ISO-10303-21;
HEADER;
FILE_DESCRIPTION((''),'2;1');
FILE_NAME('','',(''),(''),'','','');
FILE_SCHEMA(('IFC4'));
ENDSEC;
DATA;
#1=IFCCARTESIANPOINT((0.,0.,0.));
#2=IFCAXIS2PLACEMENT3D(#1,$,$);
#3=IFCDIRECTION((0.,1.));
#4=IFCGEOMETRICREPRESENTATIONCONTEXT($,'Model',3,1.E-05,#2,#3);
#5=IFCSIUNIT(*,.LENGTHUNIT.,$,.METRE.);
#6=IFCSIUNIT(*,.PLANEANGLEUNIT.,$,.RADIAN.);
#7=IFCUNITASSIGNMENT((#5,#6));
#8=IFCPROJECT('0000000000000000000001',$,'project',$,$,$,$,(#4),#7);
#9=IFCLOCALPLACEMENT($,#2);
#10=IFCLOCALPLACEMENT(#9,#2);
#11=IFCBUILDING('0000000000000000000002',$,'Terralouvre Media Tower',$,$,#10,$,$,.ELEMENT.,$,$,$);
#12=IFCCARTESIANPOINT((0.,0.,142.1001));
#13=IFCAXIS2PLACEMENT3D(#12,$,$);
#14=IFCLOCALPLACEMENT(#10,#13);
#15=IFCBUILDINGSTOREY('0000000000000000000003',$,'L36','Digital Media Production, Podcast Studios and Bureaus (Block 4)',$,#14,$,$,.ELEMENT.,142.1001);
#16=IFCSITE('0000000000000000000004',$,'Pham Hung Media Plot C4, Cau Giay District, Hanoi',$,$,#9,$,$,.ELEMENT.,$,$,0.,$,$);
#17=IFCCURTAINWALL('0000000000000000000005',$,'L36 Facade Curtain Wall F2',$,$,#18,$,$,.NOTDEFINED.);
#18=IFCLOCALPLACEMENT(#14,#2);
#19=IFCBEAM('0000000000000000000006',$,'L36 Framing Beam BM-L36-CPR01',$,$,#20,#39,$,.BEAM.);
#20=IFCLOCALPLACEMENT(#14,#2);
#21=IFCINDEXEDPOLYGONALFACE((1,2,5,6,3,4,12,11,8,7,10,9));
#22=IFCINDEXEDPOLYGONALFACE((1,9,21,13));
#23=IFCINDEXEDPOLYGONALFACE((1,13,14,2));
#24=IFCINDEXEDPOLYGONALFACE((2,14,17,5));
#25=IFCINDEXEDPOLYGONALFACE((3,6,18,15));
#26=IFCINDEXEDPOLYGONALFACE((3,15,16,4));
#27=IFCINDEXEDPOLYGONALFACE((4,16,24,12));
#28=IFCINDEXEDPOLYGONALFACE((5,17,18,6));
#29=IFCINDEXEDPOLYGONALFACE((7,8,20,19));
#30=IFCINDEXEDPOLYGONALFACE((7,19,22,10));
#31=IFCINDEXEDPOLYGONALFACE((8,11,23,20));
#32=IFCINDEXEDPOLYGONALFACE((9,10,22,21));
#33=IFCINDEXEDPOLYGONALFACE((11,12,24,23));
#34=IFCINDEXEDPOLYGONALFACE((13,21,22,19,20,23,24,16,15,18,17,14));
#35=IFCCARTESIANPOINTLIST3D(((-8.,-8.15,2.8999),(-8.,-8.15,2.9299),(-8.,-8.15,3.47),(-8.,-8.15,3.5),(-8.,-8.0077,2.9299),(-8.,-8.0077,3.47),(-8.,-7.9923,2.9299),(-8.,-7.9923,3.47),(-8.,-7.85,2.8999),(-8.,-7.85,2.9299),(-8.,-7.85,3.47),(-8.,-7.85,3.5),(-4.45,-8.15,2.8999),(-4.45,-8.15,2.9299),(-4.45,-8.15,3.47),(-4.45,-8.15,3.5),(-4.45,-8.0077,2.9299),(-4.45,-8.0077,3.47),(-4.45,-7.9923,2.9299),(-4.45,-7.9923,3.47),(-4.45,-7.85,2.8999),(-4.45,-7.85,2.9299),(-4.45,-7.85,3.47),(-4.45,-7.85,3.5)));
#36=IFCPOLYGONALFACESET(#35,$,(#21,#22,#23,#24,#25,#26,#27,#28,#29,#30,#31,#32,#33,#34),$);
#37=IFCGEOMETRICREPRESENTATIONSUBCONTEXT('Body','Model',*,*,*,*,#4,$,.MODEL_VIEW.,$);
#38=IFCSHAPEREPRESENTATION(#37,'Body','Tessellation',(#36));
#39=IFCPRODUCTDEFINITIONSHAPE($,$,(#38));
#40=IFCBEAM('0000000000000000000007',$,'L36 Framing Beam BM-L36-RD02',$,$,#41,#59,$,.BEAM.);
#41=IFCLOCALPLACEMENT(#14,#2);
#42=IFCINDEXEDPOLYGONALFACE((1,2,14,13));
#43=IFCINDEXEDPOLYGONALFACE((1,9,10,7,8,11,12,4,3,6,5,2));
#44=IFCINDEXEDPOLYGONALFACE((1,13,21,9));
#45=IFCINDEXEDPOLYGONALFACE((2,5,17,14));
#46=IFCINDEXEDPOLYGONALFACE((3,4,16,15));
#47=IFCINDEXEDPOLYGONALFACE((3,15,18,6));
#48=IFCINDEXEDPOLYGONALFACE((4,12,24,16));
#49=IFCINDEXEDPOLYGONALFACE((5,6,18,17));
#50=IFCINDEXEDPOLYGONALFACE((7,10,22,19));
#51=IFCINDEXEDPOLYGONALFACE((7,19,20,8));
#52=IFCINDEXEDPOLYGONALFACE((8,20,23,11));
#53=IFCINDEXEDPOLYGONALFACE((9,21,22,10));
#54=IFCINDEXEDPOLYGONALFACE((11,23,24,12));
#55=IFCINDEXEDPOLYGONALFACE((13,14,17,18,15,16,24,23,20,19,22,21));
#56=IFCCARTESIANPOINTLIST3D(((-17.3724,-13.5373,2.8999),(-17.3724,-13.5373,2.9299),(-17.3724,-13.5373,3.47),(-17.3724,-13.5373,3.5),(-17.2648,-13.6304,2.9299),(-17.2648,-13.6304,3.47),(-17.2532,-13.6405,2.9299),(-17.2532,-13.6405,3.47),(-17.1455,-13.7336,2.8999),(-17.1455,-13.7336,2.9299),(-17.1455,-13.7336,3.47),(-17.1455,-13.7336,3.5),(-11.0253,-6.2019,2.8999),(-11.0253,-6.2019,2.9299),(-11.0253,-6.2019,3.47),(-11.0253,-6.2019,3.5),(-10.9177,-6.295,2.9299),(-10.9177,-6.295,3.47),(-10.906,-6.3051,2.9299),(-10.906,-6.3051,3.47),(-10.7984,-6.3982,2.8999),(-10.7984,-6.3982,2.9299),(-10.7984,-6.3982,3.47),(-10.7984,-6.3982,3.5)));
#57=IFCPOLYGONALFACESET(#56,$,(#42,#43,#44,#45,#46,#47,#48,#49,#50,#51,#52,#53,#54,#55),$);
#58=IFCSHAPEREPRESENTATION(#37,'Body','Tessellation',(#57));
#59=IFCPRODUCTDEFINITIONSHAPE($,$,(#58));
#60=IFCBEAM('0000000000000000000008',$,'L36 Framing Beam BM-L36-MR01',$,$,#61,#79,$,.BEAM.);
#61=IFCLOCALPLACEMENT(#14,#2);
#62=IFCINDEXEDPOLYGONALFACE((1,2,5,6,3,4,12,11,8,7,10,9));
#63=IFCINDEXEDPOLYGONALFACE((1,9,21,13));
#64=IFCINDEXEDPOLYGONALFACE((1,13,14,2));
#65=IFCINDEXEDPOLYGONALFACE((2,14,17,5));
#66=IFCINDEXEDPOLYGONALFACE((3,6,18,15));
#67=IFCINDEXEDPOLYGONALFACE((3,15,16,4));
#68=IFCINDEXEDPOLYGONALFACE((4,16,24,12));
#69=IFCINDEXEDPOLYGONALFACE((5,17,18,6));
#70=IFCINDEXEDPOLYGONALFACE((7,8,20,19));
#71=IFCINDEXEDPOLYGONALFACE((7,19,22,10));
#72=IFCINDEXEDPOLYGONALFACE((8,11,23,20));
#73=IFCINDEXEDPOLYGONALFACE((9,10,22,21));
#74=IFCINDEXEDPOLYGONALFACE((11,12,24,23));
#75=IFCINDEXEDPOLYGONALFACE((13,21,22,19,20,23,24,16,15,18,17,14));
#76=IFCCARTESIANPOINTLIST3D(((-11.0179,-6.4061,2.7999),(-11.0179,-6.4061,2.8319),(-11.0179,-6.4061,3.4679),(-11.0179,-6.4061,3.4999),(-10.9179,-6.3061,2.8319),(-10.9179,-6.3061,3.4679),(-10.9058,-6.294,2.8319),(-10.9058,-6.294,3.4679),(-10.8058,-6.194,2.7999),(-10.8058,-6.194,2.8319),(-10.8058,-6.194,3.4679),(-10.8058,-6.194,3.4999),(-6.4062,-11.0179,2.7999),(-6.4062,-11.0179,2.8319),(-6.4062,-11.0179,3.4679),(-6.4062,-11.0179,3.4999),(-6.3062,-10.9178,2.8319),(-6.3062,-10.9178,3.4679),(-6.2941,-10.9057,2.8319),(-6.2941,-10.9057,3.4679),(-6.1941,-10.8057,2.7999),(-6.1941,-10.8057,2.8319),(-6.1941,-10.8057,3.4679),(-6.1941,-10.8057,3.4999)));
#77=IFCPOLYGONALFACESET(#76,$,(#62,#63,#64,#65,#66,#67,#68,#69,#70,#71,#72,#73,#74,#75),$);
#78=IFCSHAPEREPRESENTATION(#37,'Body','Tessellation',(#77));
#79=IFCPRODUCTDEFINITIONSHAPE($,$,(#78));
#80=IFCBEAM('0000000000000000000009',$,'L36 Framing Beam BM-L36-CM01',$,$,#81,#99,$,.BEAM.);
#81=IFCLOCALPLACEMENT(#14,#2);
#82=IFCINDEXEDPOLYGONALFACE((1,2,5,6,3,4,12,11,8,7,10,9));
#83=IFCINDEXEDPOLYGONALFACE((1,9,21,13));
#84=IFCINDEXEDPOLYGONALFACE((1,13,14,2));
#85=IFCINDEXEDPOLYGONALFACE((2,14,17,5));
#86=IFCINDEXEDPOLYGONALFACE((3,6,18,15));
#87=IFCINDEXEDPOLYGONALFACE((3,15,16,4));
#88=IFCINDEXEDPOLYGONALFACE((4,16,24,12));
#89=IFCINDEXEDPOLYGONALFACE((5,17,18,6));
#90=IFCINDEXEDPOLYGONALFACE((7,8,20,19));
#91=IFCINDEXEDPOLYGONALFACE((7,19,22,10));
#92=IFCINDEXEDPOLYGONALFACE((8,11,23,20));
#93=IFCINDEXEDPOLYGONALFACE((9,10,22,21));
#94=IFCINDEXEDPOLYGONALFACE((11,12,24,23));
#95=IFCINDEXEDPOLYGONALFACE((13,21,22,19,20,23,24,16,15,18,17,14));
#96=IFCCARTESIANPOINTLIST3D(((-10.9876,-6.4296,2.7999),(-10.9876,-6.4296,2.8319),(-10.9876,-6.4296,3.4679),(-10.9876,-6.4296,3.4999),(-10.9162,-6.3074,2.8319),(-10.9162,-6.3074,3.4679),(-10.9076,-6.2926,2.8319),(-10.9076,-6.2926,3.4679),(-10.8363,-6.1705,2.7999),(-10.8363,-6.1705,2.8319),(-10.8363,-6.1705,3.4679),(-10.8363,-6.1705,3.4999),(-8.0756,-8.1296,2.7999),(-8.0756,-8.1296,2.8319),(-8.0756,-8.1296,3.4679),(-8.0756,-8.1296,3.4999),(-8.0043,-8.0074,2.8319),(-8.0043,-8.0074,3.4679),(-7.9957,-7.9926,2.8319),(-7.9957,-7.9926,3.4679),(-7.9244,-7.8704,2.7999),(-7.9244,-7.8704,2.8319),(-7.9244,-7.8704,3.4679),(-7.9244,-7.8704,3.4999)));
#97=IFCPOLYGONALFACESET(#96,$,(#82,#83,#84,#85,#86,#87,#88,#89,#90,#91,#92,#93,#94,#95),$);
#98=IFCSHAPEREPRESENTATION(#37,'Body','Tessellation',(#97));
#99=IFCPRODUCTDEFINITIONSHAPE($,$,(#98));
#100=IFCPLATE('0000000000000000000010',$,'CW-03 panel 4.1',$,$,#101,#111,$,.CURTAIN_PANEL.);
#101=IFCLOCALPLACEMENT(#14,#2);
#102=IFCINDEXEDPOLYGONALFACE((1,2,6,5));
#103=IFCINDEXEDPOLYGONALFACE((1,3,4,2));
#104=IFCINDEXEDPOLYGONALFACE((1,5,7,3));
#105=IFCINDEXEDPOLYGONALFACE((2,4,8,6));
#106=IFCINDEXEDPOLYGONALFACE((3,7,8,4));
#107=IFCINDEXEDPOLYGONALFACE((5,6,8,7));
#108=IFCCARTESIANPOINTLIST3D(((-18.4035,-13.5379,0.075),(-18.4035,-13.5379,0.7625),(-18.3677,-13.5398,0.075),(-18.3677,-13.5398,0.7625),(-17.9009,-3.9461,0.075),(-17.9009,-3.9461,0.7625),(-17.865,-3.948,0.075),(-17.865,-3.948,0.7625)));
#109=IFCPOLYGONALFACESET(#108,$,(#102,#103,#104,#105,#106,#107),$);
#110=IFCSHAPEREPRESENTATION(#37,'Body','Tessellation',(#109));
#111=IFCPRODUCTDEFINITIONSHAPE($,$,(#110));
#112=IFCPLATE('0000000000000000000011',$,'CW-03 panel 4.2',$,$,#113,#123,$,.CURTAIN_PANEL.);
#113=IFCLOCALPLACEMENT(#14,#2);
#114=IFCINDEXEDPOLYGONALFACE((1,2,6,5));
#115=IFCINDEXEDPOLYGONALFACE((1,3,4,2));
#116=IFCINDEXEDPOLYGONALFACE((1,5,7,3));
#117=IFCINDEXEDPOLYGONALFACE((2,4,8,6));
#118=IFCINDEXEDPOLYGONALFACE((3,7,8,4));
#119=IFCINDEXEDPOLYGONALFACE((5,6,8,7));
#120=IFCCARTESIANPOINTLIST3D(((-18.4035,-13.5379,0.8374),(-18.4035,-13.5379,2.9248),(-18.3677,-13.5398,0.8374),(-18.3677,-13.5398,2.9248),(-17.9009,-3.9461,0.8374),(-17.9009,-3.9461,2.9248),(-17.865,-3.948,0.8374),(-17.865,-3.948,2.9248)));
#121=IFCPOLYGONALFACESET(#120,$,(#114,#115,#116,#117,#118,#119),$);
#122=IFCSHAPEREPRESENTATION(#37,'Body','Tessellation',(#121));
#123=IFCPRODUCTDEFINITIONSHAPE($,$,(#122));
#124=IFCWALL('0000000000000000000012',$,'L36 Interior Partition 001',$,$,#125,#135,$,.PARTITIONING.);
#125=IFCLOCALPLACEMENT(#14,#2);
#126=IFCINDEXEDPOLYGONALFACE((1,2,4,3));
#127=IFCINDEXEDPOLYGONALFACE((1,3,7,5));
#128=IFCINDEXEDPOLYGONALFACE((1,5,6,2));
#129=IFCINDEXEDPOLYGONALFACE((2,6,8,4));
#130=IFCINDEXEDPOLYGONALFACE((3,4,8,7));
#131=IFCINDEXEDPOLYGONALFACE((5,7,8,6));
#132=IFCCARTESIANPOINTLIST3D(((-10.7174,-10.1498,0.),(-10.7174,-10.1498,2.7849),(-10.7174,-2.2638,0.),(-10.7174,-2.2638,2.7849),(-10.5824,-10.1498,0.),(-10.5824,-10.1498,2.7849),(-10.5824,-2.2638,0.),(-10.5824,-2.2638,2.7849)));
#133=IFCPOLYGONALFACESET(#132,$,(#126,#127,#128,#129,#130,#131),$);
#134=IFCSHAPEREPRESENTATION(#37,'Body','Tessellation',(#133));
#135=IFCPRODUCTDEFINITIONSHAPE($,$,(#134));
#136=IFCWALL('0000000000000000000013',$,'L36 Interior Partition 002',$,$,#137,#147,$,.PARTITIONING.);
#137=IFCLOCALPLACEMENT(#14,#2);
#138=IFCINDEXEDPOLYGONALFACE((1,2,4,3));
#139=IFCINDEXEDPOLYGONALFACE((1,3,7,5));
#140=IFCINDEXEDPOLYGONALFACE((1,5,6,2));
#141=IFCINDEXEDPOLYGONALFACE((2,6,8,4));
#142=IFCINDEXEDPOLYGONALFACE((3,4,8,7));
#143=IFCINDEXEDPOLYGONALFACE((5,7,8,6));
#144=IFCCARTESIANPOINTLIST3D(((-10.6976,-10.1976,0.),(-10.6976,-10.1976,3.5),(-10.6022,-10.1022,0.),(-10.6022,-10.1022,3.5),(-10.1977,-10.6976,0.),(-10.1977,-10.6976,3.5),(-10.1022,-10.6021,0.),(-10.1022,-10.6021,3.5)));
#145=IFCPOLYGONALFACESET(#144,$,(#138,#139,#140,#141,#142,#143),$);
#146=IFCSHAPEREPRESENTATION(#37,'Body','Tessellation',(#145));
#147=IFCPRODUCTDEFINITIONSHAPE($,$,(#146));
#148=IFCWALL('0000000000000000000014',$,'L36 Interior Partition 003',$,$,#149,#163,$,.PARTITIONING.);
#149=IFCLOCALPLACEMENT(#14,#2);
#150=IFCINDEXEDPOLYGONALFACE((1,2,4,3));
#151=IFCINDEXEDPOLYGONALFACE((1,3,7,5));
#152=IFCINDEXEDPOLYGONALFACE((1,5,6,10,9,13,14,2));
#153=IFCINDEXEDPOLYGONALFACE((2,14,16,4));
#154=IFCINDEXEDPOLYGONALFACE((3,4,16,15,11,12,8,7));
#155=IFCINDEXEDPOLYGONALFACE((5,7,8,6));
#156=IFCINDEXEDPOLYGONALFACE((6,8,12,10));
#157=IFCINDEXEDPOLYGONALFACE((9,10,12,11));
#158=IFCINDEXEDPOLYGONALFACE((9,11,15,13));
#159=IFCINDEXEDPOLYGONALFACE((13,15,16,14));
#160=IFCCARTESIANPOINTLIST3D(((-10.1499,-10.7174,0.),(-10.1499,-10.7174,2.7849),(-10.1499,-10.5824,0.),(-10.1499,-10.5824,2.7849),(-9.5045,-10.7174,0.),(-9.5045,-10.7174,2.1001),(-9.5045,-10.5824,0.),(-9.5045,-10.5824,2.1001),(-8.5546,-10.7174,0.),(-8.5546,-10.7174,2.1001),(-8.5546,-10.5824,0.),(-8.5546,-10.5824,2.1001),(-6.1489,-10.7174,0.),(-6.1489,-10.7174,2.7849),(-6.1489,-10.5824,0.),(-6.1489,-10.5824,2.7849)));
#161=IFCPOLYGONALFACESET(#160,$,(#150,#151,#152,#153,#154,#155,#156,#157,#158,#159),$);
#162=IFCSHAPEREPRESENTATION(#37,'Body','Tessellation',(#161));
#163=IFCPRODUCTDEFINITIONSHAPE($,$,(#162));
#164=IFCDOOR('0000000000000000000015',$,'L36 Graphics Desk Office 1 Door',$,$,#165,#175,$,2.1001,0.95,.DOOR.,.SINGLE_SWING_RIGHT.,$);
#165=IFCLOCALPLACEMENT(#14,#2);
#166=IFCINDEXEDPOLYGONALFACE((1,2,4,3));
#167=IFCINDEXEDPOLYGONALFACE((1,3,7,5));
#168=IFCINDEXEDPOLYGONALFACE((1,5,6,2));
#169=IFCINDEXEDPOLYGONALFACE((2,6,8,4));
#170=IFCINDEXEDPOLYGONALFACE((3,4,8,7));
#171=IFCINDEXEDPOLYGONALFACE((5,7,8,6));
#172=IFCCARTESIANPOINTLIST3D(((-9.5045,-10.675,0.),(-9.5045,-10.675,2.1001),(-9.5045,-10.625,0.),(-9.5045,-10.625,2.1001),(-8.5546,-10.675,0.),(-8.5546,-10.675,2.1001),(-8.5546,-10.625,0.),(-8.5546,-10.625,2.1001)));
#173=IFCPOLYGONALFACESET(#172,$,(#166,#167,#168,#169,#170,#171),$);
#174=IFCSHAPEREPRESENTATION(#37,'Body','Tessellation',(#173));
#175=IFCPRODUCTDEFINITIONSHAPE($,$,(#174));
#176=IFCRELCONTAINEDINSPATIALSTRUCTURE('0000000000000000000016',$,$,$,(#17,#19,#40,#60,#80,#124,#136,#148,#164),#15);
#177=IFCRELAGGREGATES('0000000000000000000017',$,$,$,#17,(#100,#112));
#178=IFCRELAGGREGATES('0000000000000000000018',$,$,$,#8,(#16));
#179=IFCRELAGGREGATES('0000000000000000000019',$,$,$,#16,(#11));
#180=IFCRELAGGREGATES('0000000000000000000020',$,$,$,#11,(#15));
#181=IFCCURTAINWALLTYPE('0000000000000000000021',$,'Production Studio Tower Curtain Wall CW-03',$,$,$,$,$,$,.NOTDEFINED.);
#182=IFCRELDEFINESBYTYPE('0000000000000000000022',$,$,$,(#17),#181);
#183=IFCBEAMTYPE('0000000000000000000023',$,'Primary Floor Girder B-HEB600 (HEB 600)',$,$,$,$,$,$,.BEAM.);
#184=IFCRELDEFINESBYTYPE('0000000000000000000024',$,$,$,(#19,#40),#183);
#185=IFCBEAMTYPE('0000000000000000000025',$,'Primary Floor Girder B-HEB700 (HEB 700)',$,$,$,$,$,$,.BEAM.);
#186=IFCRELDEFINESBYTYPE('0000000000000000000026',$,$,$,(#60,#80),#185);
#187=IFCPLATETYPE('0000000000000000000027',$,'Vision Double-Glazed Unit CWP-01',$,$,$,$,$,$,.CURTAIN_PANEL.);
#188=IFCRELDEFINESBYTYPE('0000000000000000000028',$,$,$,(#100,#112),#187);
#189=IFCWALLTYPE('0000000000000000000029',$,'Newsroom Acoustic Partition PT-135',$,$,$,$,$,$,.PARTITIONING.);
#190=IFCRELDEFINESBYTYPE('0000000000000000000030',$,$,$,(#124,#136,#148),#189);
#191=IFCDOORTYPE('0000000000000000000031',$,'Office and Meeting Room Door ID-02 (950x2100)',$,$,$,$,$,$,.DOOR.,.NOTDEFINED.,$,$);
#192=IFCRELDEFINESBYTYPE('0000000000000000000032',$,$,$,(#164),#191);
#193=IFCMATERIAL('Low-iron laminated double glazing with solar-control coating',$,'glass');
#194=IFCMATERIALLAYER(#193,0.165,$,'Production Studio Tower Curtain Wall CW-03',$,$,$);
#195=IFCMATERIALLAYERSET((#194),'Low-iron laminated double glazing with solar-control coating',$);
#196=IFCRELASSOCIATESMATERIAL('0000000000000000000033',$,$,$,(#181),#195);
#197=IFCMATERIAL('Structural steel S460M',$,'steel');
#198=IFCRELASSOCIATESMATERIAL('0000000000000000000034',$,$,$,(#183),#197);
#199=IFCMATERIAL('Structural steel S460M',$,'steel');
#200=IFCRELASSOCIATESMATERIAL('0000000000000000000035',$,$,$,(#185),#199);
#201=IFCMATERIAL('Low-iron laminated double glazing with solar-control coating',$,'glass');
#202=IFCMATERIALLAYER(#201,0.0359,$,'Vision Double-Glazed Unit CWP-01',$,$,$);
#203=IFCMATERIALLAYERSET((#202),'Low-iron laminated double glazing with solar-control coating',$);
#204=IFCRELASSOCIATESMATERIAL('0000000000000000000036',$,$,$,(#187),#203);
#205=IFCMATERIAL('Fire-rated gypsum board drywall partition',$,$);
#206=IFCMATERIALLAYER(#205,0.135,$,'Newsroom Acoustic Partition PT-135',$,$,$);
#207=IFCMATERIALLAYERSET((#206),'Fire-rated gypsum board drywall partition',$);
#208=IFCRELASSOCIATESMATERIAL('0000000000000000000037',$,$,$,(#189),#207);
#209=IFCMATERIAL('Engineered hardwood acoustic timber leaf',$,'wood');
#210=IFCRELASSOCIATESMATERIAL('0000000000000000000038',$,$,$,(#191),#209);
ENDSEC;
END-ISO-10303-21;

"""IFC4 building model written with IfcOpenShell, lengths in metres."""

from ifc_helpers import new_model, si_unit, direction, frame, frame_2d, origin, origin_2d, place, context, subcontext, project, spatial, rectangle, i_section, extrude, material, layer, layer_set, material_profile, profile_set, type_object, element, fill, aggregate, save


model = new_model("IFC4")

# Units and contexts
model_context = context("Model", 3, precision=1e-05, world=origin(), true_north=direction((0.0, 1.0)))
body_context = subcontext(model_context, "Body", "Model", "MODEL_VIEW")
ifc_project = project(units=[si_unit("LENGTHUNIT", "METRE"), si_unit("PLANEANGLEUNIT", "RADIAN")], contexts=[model_context])

# Site, building, storey
site_placement = place(None, origin())
site = spatial("IfcSite", under=ifc_project, at=site_placement, Name="Pham Hung Media Plot C4, Cau Giay District, Hanoi", CompositionType="ELEMENT", RefElevation=0.0)
building_placement = place(site_placement, origin())
building = spatial("IfcBuilding", under=site, at=building_placement, Name="Terralouvre Media Tower", CompositionType="ELEMENT")
storey_placement = place(building_placement, frame((0.0, 0.0, 142.1001)))
storey = spatial("IfcBuildingStorey", under=building, at=storey_placement, Name="L36", Description="Digital Media Production, Podcast Studios and Bureaus (Block 4)", CompositionType="ELEMENT", Elevation=142.1001)

# Curtain wall
ifc_material_1 = material(Name="Low-iron laminated double glazing with solar-control coating", Category="glass")
ifc_layer_1 = layer(ifc_material_1, 0.165, Name="Production Studio Tower Curtain Wall CW-03")
ifc_layer_set_1 = layer_set([ifc_layer_1], Name="Low-iron laminated double glazing with solar-control coating")
curtain_wall_type = type_object("IfcCurtainWallType", Name="Production Studio Tower Curtain Wall CW-03", PredefinedType="NOTDEFINED", material=ifc_layer_set_1)
curtain_wall_placement = place(storey_placement, origin())
curtain_wall = element("IfcCurtainWall", 1, at=curtain_wall_placement, inside=storey, type_object=curtain_wall_type, Name="L36 Facade Curtain Wall F2", PredefinedType="NOTDEFINED")

# Beams
ifc_material_2 = material(Name="Structural steel S460M", Category="steel")
ifc_material_profile_1 = material_profile(ifc_material_2, i_section(OverallWidth=0.3, OverallDepth=0.6001, WebThickness=0.0154, FlangeThickness=0.03, at=origin_2d()), Name="HEB 600")
ifc_profile_set_1 = profile_set([ifc_material_profile_1], Name="Structural steel S460M")
beam_type_1 = type_object("IfcBeamType", Name="Primary Floor Girder B-HEB600 (HEB 600)", PredefinedType="BEAM", material=ifc_profile_set_1)
beam_1_placement = place(storey_placement, frame((-8.0, -8.0, 3.2), z_axis=(1.0, 0.0, 0.0), x_axis=(0.0, 1.0, 0.0)))
element("IfcBeam", 2, at=beam_1_placement, inside=storey, type_object=beam_type_1, Name="L36 Framing Beam BM-L36-CPR01", PredefinedType="BEAM", context=body_context, shape_type="SweptSolid", body=[
    extrude(i_section(OverallWidth=0.3, OverallDepth=0.6001, WebThickness=0.0154, FlangeThickness=0.03, at=origin_2d()), origin(), (0.0, 0.0, 1.0), 3.55),
])
beam_2_placement = place(storey_placement, frame((-10.9119, -6.3, 3.2), z_axis=(-0.654329, -0.75621, 0.0), x_axis=(0.75621, -0.654329, 0.0)))
element("IfcBeam", 3, at=beam_2_placement, inside=storey, type_object=beam_type_1, Name="L36 Framing Beam BM-L36-RD02", PredefinedType="BEAM", context=body_context, shape_type="SweptSolid", body=[
    extrude(i_section(OverallWidth=0.3, OverallDepth=0.6001, WebThickness=0.0154, FlangeThickness=0.03, at=origin_2d()), origin(), (0.0, 0.0, 1.0), 9.7002),
])
ifc_material_3 = material(Name="Structural steel S460M", Category="steel")
ifc_material_profile_2 = material_profile(ifc_material_3, i_section(OverallWidth=0.3, OverallDepth=0.7, WebThickness=0.0171, FlangeThickness=0.032, at=origin_2d()), Name="HEB 700")
ifc_profile_set_2 = profile_set([ifc_material_profile_2], Name="Structural steel S460M")
beam_type_2 = type_object("IfcBeamType", Name="Primary Floor Girder B-HEB700 (HEB 700)", PredefinedType="BEAM", material=ifc_profile_set_2)
beam_3_placement = place(storey_placement, frame((-10.9119, -6.3, 3.1499), z_axis=(0.707107, -0.707107, 0.0), x_axis=(0.707107, 0.707107, 0.0)))
element("IfcBeam", 4, at=beam_3_placement, inside=storey, type_object=beam_type_2, Name="L36 Framing Beam BM-L36-MR01", PredefinedType="BEAM", context=body_context, shape_type="SweptSolid", body=[
    extrude(i_section(OverallWidth=0.3, OverallDepth=0.7, WebThickness=0.0171, FlangeThickness=0.032, at=origin_2d()), origin(), (0.0, 0.0, 1.0), 6.522),
])
beam_4_placement = place(storey_placement, frame((-8.0, -8.0, 3.1499), z_axis=(-0.863603, 0.504173, 0.0), x_axis=(-0.504173, -0.863603, 0.0)))
element("IfcBeam", 5, at=beam_4_placement, inside=storey, type_object=beam_type_2, Name="L36 Framing Beam BM-L36-CM01", PredefinedType="BEAM", context=body_context, shape_type="SweptSolid", body=[
    extrude(i_section(OverallWidth=0.3, OverallDepth=0.7, WebThickness=0.0171, FlangeThickness=0.032, at=origin_2d()), origin(), (0.0, 0.0, 1.0), 3.3718),
])

# Plates
ifc_material_4 = material(Name="Low-iron laminated double glazing with solar-control coating", Category="glass")
ifc_layer_2 = layer(ifc_material_4, 0.0359, Name="Vision Double-Glazed Unit CWP-01")
ifc_layer_set_2 = layer_set([ifc_layer_2], Name="Low-iron laminated double glazing with solar-control coating")
plate_type = type_object("IfcPlateType", Name="Vision Double-Glazed Unit CWP-01", PredefinedType="CURTAIN_PANEL", material=ifc_layer_set_2)
plate_1_placement = place(storey_placement, frame((-18.1343, -8.7429, 0.075), z_axis=(0.0, 0.0, 1.0), x_axis=(-0.052336, -0.99863, 0.0)))
plate_1 = element("IfcPlate", 6, at=plate_1_placement, type_object=plate_type, Name="CW-03 panel 4.1", PredefinedType="CURTAIN_PANEL", context=body_context, shape_type="SweptSolid", body=[
    extrude(rectangle(XDim=9.605, YDim=0.0359, at=origin_2d()), origin(), (0.0, 0.0, 1.0), 0.6875),
])
plate_2_placement = place(storey_placement, frame((-18.1343, -8.7429, 0.8374), z_axis=(0.0, 0.0, 1.0), x_axis=(-0.052336, -0.99863, 0.0)))
plate_2 = element("IfcPlate", 7, at=plate_2_placement, type_object=plate_type, Name="CW-03 panel 4.2", PredefinedType="CURTAIN_PANEL", context=body_context, shape_type="SweptSolid", body=[
    extrude(rectangle(XDim=9.605, YDim=0.0359, at=origin_2d()), origin(), (0.0, 0.0, 1.0), 2.0874),
])
aggregate(curtain_wall, [plate_1, plate_2])

# Walls
ifc_material_5 = material(Name="Fire-rated gypsum board drywall partition")
ifc_layer_3 = layer(ifc_material_5, 0.135, Name="Newsroom Acoustic Partition PT-135")
ifc_layer_set_3 = layer_set([ifc_layer_3], Name="Fire-rated gypsum board drywall partition")
wall_type = type_object("IfcWallType", Name="Newsroom Acoustic Partition PT-135", PredefinedType="PARTITIONING", material=ifc_layer_set_3)
wall_1_placement = place(storey_placement, frame((-10.6499, -2.2639, 0.0), z_axis=(0.0, 0.0, 1.0), x_axis=(0.0, -1.0, 0.0)))
element("IfcWall", 8, at=wall_1_placement, inside=storey, type_object=wall_type, Name="L36 Interior Partition 001", PredefinedType="PARTITIONING", context=body_context, shape_type="SweptSolid", body=[
    extrude(rectangle(XDim=7.886, YDim=0.135, at=frame_2d((3.9429, 0.0))), origin(), (0.0, 0.0, 1.0), 2.7849),
])
wall_2_placement = place(storey_placement, frame((-10.6499, -10.1499, 0.0), z_axis=(0.0, 0.0, 1.0), x_axis=(0.707107, -0.707107, 0.0)))
element("IfcWall", 9, at=wall_2_placement, inside=storey, type_object=wall_type, Name="L36 Interior Partition 002", PredefinedType="PARTITIONING", context=body_context, shape_type="SweptSolid", body=[
    extrude(rectangle(XDim=0.707, YDim=0.135, at=frame_2d((0.3535, 0.0))), origin(), (0.0, 0.0, 1.0), 3.5),
])

# Wall, opening, door
wall_3_placement = place(storey_placement, frame((-10.1499, -10.6499, 0.0), z_axis=(0.0, 0.0, 1.0), x_axis=(1.0, 0.0, 0.0)))
wall_3 = element("IfcWall", 10, at=wall_3_placement, inside=storey, type_object=wall_type, Name="L36 Interior Partition 003", PredefinedType="PARTITIONING", context=body_context, shape_type="SweptSolid", body=[
    extrude(rectangle(XDim=4.001, YDim=0.135, at=frame_2d((2.0005, 0.0))), origin(), (0.0, 0.0, 1.0), 2.7849),
])
opening_1_placement = place(wall_3_placement, frame((0.6453, 0.0, 0.0)))
opening_1 = element("IfcOpeningElement", 11, at=opening_1_placement, cuts=wall_3, PredefinedType="OPENING", context=body_context, shape_type="SweptSolid", body=[
    extrude(rectangle(XDim=0.95, YDim=2.1001, at=frame_2d((0.4751, 1.05))), frame((0.0, 0.0774, 0.0), z_axis=(0.0, -1.0, 0.0), x_axis=(1.0, 0.0, 0.0)), (0.0, 0.0, 1.0), 0.155),
])
ifc_material_6 = material(Name="Engineered hardwood acoustic timber leaf", Category="wood")
door_type_1 = type_object("IfcDoorType", Name="Office and Meeting Room Door ID-02 (950x2100)", OperationType="NOTDEFINED", PredefinedType="DOOR", material=ifc_material_6)
door_1_placement = place(opening_1_placement, origin())
door_1 = element("IfcDoor", 12, at=door_1_placement, inside=storey, type_object=door_type_1, Name="L36 Graphics Desk Office 1 Door", OperationType="SINGLE_SWING_RIGHT", OverallHeight=2.1001, OverallWidth=0.95, PredefinedType="DOOR", context=body_context, shape_type="SweptSolid", body=[
    extrude(rectangle(XDim=0.95, YDim=2.1001, at=frame_2d((0.4751, 1.05))), frame((0.0, 0.0249, 0.0), z_axis=(0.0, -1.0, 0.0), x_axis=(1.0, 0.0, 0.0)), (0.0, 0.0, 1.0), 0.05),
])
fill(opening_1, door_1)

save(model, "model.ifc")
